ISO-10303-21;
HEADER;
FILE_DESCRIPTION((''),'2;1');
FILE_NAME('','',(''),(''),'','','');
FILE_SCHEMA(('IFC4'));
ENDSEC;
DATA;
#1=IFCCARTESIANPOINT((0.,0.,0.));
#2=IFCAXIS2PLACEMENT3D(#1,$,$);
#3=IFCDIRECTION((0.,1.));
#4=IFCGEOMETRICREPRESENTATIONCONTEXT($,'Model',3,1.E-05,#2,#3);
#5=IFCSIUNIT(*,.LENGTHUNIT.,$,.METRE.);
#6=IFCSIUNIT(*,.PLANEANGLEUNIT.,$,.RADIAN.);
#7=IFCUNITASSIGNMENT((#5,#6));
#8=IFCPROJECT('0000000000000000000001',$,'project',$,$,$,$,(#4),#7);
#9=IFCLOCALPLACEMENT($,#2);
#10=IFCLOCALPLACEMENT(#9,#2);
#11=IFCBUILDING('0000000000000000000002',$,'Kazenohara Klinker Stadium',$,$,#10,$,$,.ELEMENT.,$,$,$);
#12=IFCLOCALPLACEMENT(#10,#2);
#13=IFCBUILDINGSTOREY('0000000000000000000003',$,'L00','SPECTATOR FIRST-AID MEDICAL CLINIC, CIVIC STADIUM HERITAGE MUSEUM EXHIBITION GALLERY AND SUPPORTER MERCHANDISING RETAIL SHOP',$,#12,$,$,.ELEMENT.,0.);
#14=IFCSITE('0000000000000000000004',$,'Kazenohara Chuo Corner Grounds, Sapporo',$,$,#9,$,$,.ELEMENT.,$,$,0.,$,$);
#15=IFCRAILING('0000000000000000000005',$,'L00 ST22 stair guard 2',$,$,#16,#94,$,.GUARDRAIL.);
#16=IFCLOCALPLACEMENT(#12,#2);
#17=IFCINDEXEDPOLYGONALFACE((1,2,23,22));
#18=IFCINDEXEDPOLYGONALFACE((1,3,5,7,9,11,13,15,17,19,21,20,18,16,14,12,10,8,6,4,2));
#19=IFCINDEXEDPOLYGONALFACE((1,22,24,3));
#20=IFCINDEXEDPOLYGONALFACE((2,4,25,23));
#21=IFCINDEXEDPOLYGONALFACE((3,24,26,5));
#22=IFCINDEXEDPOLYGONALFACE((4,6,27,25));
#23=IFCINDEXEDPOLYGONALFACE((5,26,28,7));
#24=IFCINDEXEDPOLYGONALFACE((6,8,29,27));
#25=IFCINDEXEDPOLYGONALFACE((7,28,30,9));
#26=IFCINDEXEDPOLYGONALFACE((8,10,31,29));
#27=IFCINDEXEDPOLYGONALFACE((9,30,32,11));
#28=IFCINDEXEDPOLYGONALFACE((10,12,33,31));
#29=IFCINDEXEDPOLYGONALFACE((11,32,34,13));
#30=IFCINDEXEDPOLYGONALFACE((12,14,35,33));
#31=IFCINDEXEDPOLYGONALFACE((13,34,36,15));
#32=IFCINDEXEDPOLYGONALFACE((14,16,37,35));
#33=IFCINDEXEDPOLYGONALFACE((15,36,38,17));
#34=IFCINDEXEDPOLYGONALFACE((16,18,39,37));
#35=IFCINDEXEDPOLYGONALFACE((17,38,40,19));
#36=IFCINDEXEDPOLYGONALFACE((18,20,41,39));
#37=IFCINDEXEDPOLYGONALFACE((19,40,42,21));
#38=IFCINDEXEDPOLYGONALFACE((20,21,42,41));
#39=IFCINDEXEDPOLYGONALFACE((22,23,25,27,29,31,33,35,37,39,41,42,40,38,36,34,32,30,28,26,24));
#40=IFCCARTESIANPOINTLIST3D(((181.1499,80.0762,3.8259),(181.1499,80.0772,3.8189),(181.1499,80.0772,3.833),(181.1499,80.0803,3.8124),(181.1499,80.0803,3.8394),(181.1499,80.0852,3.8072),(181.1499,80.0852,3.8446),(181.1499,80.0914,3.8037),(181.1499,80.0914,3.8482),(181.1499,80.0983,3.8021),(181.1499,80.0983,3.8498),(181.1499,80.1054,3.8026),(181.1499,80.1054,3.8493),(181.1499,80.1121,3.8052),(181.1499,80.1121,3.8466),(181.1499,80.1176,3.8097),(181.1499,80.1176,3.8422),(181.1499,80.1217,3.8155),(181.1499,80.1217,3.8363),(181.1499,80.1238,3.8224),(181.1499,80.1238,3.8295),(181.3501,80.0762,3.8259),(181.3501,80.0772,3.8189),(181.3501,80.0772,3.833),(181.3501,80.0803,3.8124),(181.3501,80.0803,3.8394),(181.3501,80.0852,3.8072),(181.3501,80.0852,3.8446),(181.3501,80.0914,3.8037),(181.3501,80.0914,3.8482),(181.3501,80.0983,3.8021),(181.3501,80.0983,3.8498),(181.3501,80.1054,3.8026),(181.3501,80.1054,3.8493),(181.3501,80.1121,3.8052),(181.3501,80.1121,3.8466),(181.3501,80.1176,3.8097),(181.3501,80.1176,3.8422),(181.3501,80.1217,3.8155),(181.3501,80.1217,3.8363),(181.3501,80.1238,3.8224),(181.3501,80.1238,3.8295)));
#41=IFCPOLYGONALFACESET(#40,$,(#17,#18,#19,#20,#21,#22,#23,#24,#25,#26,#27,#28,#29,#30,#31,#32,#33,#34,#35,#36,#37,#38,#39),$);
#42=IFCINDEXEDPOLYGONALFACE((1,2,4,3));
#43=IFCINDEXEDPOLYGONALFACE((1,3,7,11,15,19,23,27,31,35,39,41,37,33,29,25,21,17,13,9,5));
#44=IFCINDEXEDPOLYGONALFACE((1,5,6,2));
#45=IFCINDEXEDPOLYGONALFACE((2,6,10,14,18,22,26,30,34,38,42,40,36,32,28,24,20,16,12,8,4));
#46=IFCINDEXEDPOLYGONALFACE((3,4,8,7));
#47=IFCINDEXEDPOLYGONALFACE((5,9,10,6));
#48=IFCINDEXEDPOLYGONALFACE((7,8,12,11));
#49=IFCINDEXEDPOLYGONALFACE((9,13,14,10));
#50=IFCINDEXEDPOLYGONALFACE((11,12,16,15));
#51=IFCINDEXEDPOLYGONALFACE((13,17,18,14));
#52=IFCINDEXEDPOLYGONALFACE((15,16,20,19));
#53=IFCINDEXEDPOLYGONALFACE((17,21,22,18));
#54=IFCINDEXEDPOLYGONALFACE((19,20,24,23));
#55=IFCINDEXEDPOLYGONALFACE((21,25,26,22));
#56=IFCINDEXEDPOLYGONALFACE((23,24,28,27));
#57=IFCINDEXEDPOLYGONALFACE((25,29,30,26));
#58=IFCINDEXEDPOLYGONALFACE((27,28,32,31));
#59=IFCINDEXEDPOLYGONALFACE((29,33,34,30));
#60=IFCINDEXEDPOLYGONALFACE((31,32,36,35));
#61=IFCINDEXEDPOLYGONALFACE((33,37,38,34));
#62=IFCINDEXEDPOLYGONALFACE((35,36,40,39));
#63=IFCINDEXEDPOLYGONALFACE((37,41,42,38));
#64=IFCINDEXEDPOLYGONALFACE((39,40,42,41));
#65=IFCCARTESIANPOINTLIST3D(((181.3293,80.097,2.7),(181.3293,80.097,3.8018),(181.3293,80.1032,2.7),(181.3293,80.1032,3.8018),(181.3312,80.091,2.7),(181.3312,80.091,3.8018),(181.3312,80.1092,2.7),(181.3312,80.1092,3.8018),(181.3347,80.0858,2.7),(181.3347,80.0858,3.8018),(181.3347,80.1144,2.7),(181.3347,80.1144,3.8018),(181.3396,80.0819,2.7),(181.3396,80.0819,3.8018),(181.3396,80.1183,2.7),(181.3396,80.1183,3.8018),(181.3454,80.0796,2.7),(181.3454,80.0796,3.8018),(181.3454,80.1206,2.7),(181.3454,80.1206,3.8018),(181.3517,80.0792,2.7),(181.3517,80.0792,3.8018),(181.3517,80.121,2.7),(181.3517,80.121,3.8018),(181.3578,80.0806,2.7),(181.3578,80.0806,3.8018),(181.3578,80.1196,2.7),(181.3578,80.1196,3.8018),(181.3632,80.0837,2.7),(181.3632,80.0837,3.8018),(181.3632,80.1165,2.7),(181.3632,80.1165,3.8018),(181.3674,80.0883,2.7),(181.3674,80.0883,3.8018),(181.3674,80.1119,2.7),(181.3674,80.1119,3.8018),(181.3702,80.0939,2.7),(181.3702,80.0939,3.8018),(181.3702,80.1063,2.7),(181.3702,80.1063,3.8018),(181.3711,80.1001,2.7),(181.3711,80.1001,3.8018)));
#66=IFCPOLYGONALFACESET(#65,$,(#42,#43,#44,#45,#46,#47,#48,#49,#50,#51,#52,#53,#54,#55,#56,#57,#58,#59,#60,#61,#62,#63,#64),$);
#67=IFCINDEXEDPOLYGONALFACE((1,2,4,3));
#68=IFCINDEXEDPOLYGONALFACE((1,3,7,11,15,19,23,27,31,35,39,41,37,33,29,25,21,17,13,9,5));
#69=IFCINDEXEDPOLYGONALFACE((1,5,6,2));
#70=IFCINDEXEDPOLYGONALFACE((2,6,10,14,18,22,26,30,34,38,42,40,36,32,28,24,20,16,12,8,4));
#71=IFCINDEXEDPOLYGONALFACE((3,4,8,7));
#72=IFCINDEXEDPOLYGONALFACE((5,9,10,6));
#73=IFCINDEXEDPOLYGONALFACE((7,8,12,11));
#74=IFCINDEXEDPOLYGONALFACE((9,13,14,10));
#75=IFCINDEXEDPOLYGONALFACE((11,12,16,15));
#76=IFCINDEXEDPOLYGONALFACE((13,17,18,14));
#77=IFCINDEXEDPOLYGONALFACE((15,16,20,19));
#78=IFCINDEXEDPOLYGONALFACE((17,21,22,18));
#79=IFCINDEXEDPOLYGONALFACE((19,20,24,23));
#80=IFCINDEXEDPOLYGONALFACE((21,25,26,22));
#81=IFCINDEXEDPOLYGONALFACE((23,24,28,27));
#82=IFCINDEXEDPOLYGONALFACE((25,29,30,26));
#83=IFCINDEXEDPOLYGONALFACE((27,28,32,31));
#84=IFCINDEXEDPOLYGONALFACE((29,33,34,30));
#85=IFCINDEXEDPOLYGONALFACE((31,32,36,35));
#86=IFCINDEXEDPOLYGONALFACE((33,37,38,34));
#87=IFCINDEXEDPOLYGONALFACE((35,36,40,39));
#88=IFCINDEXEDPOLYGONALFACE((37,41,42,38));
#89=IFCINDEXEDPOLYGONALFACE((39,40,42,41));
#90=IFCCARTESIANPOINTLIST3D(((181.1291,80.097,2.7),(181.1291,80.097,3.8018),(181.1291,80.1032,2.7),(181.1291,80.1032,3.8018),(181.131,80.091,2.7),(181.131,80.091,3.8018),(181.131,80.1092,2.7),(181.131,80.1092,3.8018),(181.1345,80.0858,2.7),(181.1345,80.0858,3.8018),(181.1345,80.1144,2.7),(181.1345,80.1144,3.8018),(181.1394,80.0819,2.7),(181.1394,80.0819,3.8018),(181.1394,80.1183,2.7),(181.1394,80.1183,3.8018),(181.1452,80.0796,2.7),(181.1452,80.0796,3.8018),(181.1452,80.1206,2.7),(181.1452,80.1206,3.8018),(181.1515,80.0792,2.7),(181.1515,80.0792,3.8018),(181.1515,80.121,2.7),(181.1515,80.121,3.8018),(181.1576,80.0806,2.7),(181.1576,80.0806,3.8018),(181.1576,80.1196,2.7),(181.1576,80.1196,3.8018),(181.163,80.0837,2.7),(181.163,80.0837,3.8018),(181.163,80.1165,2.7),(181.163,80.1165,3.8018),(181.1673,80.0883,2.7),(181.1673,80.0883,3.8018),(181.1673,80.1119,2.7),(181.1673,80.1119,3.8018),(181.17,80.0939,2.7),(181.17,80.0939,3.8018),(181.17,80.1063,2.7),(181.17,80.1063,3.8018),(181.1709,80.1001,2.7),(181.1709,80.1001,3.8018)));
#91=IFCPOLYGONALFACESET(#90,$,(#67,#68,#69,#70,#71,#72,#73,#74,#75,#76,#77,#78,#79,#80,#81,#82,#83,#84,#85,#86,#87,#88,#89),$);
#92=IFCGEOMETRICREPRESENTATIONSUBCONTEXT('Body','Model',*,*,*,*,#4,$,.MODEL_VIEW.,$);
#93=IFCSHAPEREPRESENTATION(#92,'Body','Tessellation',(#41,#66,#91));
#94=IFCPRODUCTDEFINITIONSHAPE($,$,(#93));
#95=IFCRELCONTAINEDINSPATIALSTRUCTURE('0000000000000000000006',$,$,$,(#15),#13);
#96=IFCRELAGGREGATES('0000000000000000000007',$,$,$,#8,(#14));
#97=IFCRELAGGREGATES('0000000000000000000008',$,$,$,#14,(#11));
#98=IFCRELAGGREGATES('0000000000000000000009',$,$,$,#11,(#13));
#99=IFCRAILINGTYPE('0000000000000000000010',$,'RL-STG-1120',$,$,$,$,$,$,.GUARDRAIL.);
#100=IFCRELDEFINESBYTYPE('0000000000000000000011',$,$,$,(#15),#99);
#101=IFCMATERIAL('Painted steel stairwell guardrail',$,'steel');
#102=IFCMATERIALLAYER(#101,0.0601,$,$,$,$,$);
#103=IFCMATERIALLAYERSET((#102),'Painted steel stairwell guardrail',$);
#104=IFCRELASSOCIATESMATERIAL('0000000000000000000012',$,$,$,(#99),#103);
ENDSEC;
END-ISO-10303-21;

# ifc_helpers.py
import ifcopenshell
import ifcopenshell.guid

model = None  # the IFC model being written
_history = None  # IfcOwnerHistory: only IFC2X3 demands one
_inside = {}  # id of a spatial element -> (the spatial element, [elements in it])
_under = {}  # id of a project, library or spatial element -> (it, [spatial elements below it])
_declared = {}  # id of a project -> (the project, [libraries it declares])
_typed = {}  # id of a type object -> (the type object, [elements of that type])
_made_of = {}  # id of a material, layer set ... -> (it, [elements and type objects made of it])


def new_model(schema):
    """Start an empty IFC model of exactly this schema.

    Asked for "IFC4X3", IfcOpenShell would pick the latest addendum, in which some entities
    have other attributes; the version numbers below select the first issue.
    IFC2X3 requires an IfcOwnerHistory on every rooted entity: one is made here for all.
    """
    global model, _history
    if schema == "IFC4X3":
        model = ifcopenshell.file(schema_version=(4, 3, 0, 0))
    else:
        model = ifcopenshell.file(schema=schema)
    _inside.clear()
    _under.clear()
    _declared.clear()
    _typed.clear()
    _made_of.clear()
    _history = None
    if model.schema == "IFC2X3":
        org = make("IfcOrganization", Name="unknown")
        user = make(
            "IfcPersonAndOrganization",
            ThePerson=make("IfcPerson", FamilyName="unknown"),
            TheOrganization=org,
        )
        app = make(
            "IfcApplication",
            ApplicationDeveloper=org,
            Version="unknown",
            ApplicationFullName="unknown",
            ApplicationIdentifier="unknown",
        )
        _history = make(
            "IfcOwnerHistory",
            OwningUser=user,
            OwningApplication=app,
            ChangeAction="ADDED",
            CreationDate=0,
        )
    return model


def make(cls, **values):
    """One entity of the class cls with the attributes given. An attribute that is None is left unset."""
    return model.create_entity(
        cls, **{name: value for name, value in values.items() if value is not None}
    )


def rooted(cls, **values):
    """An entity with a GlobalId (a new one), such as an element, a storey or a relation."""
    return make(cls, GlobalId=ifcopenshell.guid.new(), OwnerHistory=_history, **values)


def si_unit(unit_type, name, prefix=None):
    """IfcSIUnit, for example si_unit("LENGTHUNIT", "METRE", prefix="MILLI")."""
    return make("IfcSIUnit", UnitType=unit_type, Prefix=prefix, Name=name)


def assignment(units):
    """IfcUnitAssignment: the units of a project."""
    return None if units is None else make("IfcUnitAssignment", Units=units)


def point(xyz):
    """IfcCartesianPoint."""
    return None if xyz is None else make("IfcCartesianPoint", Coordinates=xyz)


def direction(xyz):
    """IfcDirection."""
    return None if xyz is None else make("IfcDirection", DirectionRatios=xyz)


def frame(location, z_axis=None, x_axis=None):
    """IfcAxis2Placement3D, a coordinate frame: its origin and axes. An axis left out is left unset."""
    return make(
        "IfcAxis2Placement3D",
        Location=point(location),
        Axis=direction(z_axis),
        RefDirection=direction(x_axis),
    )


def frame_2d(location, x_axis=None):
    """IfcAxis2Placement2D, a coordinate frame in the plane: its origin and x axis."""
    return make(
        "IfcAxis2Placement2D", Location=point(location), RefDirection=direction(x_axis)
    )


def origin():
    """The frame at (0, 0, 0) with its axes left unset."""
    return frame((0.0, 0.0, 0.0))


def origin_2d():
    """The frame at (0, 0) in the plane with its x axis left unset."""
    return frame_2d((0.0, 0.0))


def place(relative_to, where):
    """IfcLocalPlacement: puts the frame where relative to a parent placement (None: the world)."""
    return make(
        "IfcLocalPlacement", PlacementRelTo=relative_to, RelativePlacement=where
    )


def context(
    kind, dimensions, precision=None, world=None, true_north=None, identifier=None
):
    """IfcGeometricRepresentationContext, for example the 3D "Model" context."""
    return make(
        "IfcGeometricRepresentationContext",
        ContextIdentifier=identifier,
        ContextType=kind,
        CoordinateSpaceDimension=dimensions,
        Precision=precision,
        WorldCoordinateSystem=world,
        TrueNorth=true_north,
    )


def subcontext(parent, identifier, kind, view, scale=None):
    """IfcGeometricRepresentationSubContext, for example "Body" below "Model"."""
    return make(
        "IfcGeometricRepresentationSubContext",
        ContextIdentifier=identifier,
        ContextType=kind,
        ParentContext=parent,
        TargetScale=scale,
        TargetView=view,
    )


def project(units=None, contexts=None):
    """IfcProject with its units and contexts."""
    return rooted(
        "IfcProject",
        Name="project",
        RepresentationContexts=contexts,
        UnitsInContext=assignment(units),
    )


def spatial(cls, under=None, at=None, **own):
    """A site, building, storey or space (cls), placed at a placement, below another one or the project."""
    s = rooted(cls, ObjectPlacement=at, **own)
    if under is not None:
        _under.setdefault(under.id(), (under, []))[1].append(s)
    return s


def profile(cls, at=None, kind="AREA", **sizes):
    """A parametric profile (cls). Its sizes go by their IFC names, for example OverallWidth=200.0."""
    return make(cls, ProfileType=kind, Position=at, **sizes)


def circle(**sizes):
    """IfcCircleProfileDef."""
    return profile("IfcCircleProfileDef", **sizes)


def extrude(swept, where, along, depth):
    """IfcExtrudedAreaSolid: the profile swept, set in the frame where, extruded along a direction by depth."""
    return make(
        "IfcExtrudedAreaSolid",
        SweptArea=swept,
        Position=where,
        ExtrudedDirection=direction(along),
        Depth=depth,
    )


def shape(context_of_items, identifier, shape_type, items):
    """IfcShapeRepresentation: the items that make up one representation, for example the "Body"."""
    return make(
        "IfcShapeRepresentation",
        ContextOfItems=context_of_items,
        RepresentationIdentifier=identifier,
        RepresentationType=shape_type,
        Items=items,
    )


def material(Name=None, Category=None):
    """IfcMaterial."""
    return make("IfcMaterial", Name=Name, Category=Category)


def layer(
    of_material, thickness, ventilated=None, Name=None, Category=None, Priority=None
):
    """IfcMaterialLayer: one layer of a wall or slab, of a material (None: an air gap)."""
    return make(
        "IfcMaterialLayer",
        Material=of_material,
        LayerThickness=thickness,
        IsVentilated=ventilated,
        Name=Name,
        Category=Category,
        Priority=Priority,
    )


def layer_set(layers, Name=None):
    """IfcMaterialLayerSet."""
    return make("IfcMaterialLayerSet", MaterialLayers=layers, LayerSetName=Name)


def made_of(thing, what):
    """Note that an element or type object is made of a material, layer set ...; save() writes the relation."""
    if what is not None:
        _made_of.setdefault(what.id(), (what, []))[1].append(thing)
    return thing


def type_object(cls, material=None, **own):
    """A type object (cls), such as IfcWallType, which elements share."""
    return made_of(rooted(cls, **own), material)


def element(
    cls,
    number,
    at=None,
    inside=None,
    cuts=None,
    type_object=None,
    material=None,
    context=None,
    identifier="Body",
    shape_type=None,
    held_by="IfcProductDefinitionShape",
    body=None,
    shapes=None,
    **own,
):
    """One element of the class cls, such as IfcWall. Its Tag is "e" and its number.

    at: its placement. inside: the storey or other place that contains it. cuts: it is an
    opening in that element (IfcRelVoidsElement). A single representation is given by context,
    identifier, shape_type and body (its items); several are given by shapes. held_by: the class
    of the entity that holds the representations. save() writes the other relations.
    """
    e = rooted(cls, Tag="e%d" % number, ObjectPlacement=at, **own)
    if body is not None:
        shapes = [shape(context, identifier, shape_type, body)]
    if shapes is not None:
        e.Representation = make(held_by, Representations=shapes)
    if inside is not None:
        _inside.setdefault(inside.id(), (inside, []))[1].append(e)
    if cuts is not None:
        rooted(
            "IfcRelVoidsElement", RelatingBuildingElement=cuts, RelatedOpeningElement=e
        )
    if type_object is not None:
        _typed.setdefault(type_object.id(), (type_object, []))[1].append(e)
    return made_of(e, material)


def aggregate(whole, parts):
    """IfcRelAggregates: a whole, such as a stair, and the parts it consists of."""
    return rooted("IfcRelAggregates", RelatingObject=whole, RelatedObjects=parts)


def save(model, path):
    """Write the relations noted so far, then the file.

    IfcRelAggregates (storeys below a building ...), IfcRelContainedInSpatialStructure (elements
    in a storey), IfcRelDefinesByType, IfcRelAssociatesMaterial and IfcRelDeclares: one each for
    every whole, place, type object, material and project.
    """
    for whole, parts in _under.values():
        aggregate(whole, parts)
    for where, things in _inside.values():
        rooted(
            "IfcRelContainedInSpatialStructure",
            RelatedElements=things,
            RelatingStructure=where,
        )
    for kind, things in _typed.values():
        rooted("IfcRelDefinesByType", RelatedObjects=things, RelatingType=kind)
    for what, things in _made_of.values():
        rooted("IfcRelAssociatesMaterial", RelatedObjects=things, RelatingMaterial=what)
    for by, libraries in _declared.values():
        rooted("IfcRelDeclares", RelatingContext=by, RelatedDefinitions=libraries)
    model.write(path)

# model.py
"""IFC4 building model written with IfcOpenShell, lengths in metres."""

from ifc_helpers import new_model, si_unit, direction, frame, origin, origin_2d, place, context, subcontext, project, spatial, circle, extrude, material, layer, layer_set, type_object, element, save


model = new_model("IFC4")

# Units and contexts
model_context = context("Model", 3, precision=1e-05, world=origin(), true_north=direction((0.0, 1.0)))
body_context = subcontext(model_context, "Body", "Model", "MODEL_VIEW")
ifc_project = project(units=[si_unit("LENGTHUNIT", "METRE"), si_unit("PLANEANGLEUNIT", "RADIAN")], contexts=[model_context])

# Site, building, storey
site_placement = place(None, origin())
site = spatial("IfcSite", under=ifc_project, at=site_placement, Name="Kazenohara Chuo Corner Grounds, Sapporo", CompositionType="ELEMENT", RefElevation=0.0)
building_placement = place(site_placement, origin())
building = spatial("IfcBuilding", under=site, at=building_placement, Name="Kazenohara Klinker Stadium", CompositionType="ELEMENT")
storey_placement = place(building_placement, origin())
storey = spatial("IfcBuildingStorey", under=building, at=storey_placement, Name="L00", Description="SPECTATOR FIRST-AID MEDICAL CLINIC, CIVIC STADIUM HERITAGE MUSEUM EXHIBITION GALLERY AND SUPPORTER MERCHANDISING RETAIL SHOP", CompositionType="ELEMENT", Elevation=0.0)

# Railing
ifc_material_1 = material(Name="Painted steel stairwell guardrail", Category="steel")
ifc_layer_1 = layer(ifc_material_1, 0.0601)
ifc_layer_set_1 = layer_set([ifc_layer_1], Name="Painted steel stairwell guardrail")
railing_type_1 = type_object("IfcRailingType", Name="RL-STG-1120", PredefinedType="GUARDRAIL", material=ifc_layer_set_1)
railing_1_placement = place(storey_placement, frame((181.3501, 80.1001, 2.7)))
element("IfcRailing", 1, at=railing_1_placement, inside=storey, type_object=railing_type_1, Name="L00 ST22 stair guard 2", PredefinedType="GUARDRAIL", context=body_context, shape_type="SweptSolid", body=[
    extrude(circle(Radius=0.0239, at=origin_2d()), frame((0.0, 0.0, 1.126), z_axis=(-1.0, 0.0, 0.0), x_axis=(0.0, -1.0, 0.0)), (0.0, 0.0, 1.0), 0.2002),
    extrude(circle(Radius=0.021, at=origin_2d()), origin(), (0.0, 0.0, 1.0), 1.1018),
    extrude(circle(Radius=0.021, at=origin_2d()), frame((-0.2002, 0.0, 0.0)), (0.0, 0.0, 1.0), 1.1018),
])

save(model, "model.ifc")
